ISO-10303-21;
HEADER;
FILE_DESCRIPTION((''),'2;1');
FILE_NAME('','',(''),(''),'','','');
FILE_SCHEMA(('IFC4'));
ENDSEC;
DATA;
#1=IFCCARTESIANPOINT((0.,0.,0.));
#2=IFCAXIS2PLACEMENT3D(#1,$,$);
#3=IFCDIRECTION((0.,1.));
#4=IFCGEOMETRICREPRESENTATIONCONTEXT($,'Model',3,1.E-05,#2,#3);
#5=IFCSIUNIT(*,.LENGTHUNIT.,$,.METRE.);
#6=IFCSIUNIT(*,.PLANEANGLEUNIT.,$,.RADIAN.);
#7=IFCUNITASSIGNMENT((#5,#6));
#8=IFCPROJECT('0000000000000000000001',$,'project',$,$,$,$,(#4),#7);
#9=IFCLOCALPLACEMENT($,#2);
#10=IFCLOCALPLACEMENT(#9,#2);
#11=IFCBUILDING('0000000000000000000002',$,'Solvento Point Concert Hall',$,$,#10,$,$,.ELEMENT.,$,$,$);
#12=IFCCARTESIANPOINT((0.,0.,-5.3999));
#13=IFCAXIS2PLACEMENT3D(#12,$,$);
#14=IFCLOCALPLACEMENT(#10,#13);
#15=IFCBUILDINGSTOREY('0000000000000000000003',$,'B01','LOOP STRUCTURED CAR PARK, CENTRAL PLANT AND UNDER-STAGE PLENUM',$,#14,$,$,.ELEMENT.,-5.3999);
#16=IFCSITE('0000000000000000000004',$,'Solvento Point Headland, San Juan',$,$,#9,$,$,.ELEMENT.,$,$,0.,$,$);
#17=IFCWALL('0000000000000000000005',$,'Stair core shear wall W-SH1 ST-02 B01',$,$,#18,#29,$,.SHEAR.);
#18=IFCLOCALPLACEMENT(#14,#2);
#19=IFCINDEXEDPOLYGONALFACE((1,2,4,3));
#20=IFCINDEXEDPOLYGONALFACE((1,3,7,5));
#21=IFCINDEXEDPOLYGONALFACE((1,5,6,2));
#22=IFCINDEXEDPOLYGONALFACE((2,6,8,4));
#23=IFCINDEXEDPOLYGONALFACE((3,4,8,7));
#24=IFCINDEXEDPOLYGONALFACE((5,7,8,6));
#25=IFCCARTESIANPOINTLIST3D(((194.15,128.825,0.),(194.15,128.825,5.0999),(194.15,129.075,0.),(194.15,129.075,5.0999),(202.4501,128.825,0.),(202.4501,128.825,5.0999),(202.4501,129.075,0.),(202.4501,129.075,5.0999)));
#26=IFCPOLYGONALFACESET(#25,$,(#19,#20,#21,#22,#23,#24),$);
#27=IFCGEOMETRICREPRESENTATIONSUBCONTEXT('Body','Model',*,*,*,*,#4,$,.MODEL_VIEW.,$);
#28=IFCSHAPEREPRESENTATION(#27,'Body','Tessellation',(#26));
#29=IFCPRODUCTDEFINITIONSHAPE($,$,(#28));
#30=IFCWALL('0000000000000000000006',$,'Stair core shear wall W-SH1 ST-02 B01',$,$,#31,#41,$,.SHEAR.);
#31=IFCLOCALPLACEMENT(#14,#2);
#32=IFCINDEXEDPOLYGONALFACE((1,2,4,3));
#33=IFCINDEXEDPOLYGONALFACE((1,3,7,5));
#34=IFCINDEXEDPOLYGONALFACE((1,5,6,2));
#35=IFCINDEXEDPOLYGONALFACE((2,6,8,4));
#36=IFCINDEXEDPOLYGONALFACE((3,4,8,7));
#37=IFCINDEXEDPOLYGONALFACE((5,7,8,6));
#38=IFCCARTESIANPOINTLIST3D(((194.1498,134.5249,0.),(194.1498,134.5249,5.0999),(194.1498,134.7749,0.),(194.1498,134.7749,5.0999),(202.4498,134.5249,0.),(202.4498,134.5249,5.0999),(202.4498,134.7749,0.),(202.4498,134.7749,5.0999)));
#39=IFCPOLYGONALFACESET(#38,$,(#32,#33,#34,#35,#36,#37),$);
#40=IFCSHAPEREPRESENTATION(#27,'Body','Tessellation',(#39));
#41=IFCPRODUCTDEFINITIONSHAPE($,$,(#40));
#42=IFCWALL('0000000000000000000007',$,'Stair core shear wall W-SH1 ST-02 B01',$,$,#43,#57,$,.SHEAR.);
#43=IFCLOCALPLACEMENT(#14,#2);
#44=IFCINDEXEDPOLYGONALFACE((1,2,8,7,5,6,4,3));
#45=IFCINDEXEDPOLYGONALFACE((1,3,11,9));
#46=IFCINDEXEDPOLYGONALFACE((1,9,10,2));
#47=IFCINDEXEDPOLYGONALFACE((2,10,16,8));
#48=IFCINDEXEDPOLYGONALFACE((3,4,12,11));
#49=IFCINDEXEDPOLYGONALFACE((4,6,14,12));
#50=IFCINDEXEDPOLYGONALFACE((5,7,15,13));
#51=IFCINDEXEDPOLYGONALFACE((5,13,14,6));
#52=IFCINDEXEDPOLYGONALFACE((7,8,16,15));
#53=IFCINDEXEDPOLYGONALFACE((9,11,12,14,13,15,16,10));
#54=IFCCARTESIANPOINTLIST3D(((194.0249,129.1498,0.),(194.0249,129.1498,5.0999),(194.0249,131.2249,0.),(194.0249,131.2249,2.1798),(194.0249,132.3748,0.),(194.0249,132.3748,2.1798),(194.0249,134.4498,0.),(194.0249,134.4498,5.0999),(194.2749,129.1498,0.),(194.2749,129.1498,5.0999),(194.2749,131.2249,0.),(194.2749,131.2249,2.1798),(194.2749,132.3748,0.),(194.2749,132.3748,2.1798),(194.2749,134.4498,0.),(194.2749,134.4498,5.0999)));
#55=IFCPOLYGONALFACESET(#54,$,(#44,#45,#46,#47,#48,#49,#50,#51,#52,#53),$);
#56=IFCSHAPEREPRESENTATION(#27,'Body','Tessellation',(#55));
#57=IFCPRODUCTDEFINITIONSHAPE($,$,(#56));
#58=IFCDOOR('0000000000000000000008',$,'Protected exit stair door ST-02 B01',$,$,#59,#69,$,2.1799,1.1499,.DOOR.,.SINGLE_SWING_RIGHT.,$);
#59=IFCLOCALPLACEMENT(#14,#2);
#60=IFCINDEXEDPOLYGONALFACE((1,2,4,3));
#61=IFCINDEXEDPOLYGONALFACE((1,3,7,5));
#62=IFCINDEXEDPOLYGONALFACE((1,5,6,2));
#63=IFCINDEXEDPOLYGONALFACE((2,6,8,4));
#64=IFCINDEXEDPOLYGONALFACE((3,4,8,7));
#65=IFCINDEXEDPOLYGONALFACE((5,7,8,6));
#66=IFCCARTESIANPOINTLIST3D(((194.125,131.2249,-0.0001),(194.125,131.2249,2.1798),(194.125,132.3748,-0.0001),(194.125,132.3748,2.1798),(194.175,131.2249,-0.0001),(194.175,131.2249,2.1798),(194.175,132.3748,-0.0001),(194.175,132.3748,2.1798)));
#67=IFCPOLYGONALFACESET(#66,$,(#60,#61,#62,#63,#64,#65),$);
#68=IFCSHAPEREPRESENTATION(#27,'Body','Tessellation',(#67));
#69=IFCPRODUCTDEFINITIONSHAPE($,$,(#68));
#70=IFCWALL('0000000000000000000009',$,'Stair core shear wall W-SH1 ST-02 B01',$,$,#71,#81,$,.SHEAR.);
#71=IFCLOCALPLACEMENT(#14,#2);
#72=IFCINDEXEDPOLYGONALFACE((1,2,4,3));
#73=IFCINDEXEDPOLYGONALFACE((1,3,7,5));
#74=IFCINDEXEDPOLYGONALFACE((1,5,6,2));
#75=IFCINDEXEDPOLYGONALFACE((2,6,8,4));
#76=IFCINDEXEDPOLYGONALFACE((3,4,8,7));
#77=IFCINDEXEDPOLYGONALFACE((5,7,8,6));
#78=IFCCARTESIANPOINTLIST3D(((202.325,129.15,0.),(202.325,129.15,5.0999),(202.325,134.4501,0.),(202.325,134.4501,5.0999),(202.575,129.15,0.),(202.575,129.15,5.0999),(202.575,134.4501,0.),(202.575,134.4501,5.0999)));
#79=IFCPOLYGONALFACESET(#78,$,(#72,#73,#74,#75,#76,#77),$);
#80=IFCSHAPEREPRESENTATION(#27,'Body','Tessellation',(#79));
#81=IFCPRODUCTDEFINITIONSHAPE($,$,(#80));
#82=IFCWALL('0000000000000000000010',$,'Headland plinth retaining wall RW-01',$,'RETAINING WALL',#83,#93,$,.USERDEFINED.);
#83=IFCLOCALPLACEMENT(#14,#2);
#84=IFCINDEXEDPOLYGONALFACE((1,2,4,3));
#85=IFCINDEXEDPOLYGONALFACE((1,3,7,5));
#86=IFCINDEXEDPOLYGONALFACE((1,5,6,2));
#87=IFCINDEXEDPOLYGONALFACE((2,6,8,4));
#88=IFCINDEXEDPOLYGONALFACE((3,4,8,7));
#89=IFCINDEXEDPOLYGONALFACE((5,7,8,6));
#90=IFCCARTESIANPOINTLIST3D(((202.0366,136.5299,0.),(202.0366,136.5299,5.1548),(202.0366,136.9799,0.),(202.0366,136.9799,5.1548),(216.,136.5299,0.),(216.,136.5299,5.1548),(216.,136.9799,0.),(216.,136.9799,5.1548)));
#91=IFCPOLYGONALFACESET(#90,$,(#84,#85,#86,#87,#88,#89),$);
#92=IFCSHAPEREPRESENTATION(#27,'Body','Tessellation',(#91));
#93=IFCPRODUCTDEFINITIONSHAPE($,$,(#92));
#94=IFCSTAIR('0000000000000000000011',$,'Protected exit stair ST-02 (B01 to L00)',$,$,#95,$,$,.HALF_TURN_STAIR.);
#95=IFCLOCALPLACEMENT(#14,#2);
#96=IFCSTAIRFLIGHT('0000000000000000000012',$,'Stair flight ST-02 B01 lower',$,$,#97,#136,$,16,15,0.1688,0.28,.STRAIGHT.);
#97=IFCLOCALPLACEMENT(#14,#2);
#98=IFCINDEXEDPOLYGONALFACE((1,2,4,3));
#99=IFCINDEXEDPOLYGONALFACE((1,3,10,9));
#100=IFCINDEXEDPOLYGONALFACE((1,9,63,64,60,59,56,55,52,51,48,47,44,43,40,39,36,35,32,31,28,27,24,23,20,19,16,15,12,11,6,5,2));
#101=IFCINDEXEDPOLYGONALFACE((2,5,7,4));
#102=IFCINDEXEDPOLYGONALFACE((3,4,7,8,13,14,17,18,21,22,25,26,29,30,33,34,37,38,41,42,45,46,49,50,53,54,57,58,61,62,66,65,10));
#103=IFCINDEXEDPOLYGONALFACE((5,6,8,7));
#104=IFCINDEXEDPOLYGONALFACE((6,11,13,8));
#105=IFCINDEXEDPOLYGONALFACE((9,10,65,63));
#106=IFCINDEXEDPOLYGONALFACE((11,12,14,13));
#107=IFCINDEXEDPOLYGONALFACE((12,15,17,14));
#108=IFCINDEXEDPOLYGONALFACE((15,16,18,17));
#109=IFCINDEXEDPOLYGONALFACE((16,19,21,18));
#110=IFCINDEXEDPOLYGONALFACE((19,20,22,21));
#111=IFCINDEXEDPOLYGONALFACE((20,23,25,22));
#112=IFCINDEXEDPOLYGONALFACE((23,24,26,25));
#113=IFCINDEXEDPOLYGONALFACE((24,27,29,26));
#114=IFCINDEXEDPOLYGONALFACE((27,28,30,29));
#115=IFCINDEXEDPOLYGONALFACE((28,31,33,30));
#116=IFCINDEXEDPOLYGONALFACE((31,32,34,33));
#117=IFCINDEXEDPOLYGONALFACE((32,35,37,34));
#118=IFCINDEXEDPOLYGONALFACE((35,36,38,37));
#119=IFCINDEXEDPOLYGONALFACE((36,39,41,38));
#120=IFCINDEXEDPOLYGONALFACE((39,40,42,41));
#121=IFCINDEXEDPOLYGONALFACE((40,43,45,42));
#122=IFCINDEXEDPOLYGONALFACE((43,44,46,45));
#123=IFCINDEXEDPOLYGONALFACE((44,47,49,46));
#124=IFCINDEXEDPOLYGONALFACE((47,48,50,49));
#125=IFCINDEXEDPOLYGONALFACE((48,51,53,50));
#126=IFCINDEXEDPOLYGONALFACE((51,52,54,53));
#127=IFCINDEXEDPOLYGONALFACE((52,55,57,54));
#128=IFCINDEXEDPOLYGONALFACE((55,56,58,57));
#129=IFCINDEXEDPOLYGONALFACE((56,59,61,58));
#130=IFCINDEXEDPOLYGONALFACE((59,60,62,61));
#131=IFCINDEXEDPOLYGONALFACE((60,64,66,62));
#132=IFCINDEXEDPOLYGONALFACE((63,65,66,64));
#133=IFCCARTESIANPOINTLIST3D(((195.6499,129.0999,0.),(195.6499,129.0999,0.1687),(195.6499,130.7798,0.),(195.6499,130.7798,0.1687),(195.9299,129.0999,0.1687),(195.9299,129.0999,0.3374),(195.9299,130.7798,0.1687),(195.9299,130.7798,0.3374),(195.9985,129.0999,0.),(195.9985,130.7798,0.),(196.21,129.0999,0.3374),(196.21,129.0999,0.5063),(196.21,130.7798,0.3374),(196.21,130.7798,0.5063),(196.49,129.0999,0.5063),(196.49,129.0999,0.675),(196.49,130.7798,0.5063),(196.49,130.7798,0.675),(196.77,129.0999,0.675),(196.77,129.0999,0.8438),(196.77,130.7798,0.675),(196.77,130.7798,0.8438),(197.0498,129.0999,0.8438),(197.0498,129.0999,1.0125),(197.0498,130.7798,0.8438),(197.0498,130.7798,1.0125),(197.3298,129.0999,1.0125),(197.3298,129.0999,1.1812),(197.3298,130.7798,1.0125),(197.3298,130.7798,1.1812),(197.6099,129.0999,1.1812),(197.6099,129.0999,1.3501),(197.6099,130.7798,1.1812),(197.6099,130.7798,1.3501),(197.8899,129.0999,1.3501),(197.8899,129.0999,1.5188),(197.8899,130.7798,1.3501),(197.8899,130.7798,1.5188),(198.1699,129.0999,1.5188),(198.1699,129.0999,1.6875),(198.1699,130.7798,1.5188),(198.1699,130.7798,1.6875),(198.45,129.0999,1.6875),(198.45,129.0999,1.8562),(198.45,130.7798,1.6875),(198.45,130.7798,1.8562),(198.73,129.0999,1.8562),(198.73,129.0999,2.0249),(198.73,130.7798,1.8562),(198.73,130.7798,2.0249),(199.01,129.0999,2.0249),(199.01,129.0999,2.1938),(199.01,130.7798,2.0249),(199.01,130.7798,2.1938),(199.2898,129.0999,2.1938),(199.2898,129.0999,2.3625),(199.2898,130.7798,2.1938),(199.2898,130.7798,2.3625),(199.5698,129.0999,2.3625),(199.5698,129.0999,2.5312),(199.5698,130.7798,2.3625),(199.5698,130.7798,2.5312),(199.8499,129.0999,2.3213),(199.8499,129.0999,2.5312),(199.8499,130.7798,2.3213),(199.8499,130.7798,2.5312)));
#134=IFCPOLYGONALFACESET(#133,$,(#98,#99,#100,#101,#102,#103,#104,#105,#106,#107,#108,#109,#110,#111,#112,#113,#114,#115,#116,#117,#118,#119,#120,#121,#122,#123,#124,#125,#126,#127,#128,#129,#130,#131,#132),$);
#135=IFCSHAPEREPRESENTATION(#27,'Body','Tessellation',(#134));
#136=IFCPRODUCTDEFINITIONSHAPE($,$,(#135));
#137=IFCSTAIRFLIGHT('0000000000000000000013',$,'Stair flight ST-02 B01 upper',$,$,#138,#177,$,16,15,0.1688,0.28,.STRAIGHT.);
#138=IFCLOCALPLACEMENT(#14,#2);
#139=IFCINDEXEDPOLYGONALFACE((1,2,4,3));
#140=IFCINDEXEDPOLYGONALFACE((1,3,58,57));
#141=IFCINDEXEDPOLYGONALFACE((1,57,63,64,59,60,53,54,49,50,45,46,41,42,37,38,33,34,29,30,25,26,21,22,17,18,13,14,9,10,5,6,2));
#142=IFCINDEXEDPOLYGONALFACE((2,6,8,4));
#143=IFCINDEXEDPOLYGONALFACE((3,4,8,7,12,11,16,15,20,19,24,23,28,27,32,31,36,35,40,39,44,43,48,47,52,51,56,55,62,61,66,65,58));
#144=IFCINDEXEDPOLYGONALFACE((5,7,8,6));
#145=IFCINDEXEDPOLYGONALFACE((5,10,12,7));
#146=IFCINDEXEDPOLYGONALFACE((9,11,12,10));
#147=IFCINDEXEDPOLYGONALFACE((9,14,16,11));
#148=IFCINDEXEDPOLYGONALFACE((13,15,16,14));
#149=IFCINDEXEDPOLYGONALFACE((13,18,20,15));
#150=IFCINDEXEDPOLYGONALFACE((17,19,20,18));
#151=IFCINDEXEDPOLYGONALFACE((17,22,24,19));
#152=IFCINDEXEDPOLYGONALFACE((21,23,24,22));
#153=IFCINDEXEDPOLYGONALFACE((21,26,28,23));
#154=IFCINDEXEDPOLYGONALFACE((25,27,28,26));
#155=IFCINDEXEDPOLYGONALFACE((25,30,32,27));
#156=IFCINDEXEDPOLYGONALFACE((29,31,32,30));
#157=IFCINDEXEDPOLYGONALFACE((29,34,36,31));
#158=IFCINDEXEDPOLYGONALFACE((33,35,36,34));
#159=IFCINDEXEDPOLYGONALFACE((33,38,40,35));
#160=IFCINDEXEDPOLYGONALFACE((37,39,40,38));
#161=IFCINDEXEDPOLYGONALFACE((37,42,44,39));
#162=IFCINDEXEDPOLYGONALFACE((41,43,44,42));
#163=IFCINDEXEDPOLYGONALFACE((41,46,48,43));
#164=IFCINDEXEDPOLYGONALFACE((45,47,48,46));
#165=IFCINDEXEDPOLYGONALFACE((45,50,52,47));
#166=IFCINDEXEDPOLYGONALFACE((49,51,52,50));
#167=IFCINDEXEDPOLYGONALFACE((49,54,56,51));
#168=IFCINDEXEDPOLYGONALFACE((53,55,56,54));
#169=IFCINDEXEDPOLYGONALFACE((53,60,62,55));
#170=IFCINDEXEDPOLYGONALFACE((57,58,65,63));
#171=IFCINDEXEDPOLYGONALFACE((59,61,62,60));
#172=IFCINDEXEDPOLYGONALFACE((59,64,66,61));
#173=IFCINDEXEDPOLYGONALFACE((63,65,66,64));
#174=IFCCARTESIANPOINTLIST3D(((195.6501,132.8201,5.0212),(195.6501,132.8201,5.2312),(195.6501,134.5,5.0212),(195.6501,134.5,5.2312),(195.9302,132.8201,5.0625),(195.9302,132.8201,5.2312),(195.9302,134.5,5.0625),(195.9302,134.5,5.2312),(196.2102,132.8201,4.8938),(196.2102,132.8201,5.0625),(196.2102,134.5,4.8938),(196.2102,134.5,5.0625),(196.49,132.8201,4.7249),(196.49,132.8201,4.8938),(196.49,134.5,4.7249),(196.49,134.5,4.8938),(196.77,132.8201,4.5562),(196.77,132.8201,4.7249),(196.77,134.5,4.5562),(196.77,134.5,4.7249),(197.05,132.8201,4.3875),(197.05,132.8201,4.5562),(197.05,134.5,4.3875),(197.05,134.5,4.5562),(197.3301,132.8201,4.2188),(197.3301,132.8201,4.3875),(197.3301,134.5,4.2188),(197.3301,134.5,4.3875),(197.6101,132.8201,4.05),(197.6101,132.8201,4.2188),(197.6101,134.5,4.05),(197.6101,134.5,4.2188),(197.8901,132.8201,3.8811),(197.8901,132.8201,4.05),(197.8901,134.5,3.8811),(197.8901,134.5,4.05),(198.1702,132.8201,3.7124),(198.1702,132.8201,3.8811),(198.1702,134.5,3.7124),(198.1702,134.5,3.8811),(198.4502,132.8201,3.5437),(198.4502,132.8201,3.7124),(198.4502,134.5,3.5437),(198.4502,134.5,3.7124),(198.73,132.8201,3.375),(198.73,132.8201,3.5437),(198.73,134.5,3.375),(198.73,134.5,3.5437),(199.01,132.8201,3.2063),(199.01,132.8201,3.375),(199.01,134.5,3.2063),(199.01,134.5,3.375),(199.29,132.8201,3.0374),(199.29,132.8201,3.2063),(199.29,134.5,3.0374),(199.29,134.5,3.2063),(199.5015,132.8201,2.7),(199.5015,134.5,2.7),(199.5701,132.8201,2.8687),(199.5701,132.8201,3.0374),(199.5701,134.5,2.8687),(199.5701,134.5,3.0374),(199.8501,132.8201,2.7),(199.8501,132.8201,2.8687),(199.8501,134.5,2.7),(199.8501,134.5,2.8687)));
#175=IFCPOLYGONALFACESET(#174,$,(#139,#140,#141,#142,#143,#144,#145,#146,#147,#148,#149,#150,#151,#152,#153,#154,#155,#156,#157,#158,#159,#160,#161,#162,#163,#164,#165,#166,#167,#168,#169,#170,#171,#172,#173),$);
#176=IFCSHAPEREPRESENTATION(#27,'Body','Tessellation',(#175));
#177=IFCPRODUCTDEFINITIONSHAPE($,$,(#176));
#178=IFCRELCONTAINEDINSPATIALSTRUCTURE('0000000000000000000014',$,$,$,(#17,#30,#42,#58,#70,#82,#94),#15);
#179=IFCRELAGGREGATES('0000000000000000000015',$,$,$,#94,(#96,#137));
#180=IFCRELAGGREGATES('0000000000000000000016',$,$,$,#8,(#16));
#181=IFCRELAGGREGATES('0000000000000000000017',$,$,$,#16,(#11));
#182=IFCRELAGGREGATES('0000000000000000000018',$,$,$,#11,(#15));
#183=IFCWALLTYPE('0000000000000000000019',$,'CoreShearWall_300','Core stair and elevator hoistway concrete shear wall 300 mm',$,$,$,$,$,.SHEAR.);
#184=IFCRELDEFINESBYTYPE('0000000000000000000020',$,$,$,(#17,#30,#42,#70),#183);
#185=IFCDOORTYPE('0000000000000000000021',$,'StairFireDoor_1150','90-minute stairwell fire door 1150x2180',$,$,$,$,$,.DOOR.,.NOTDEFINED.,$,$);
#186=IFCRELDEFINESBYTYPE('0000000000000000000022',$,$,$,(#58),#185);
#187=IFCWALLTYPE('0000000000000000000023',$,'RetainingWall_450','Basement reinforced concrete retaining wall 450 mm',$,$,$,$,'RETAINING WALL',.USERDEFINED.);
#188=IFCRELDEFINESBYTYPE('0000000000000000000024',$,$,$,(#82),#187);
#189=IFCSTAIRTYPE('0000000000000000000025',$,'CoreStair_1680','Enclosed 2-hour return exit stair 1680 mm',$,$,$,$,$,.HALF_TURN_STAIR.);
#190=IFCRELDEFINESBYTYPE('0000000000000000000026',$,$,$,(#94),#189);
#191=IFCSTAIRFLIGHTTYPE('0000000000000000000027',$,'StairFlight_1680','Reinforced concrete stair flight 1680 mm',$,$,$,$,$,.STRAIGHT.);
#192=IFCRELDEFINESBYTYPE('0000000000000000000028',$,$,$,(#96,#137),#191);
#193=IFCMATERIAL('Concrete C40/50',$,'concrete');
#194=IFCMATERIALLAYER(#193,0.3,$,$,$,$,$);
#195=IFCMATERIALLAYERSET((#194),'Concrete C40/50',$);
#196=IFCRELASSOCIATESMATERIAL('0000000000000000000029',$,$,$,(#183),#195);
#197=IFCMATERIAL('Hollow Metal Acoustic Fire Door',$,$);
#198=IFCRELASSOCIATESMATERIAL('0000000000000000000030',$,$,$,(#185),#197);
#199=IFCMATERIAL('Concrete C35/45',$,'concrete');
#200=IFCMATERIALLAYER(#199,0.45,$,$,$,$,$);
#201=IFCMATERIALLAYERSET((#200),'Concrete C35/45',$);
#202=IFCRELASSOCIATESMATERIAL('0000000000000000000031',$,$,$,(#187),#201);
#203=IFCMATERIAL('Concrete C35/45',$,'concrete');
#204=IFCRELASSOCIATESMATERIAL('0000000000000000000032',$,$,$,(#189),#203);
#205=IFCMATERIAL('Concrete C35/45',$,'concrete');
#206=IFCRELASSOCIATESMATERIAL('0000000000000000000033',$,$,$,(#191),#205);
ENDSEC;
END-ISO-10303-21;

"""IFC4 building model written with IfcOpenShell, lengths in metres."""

from ifc_helpers import new_model, si_unit, direction, frame, frame_2d, origin, place, context, subcontext, project, spatial, polyline, rectangle, outline, extrude, material, layer, layer_set, type_object, element, fill, aggregate, save


model = new_model("IFC4")

# Units and contexts
model_context = context("Model", 3, precision=1e-05, world=origin(), true_north=direction((0.0, 1.0)))
body_context = subcontext(model_context, "Body", "Model", "MODEL_VIEW")
ifc_project = project(units=[si_unit("LENGTHUNIT", "METRE"), si_unit("PLANEANGLEUNIT", "RADIAN")], contexts=[model_context])

# Site, building, storey
site_placement = place(None, origin())
site = spatial("IfcSite", under=ifc_project, at=site_placement, Name="Solvento Point Headland, San Juan", CompositionType="ELEMENT", RefElevation=0.0)
building_placement = place(site_placement, origin())
building = spatial("IfcBuilding", under=site, at=building_placement, Name="Solvento Point Concert Hall", CompositionType="ELEMENT")
storey_placement = place(building_placement, frame((0.0, 0.0, -5.3999)))
storey = spatial("IfcBuildingStorey", under=building, at=storey_placement, Name="B01", Description="LOOP STRUCTURED CAR PARK, CENTRAL PLANT AND UNDER-STAGE PLENUM", CompositionType="ELEMENT", Elevation=-5.3999)

# Walls
ifc_material_1 = material(Name="Concrete C40/50", Category="concrete")
ifc_layer_1 = layer(ifc_material_1, 0.3)
ifc_layer_set_1 = layer_set([ifc_layer_1], Name="Concrete C40/50")
wall_type_1 = type_object("IfcWallType", Name="CoreShearWall_300", Description="Core stair and elevator hoistway concrete shear wall 300 mm", PredefinedType="SHEAR", material=ifc_layer_set_1)
for number, where, z_axis, x_axis, name in (
    (1, (202.45, 128.95, 0.0), (0.0, 0.0, 1.0), (-1.0, 0.0, 0.0), "Stair core shear wall W-SH1 ST-02 B01"),
    (2, (194.1499, 134.6499, 0.0), (0.0, 0.0, 1.0), (1.0, 0.0, 0.0), "Stair core shear wall W-SH1 ST-02 B01"),
):
    element("IfcWall", number, at=place(storey_placement, frame(where, z_axis=z_axis, x_axis=x_axis)), inside=storey, type_object=wall_type_1, Name=name, PredefinedType="SHEAR", context=body_context, shape_type="SweptSolid", body=[
        extrude(rectangle(XDim=8.3, YDim=0.25, at=frame_2d((4.1499, 0.0))), origin(), (0.0, 0.0, 1.0), 5.0999),
    ])

# Wall, opening, door
wall_1_placement = place(storey_placement, frame((194.1499, 129.1499, 0.0), z_axis=(0.0, 0.0, 1.0), x_axis=(0.0, 1.0, 0.0)))
wall_1 = element("IfcWall", 3, at=wall_1_placement, inside=storey, type_object=wall_type_1, Name="Stair core shear wall W-SH1 ST-02 B01", PredefinedType="SHEAR", context=body_context, shape_type="SweptSolid", body=[
    extrude(rectangle(XDim=5.3, YDim=0.25, at=frame_2d((2.6499, 0.0))), origin(), (0.0, 0.0, 1.0), 5.0999),
])
opening_placement = place(wall_1_placement, frame((2.075, 0.0, 0.0)))
opening = element("IfcOpeningElement", 4, at=opening_placement, cuts=wall_1, PredefinedType="OPENING", context=body_context, shape_type="SweptSolid", body=[
    extrude(rectangle(XDim=1.1499, YDim=2.1799, at=frame_2d((0.575, 1.0898))), frame((0.0, 0.135, 0.0), z_axis=(0.0, -1.0, 0.0), x_axis=(1.0, 0.0, 0.0)), (0.0, 0.0, 1.0), 0.27),
])
ifc_material_2 = material(Name="Hollow Metal Acoustic Fire Door")
door_type = type_object("IfcDoorType", Name="StairFireDoor_1150", Description="90-minute stairwell fire door 1150x2180", OperationType="NOTDEFINED", PredefinedType="DOOR", material=ifc_material_2)
door_placement = place(opening_placement, origin())
door = element("IfcDoor", 5, at=door_placement, inside=storey, type_object=door_type, Name="Protected exit stair door ST-02 B01", OperationType="SINGLE_SWING_RIGHT", OverallHeight=2.1799, OverallWidth=1.1499, PredefinedType="DOOR", context=body_context, shape_type="SweptSolid", body=[
    extrude(rectangle(XDim=1.1499, YDim=2.1799, at=frame_2d((0.575, 1.0898))), frame((0.0, 0.0249, 0.0), z_axis=(0.0, -1.0, 0.0), x_axis=(1.0, 0.0, 0.0)), (0.0, 0.0, 1.0), 0.05),
])
fill(opening, door)

# Walls
wall_2_placement = place(storey_placement, frame((202.45, 134.45, 0.0), z_axis=(0.0, 0.0, 1.0), x_axis=(0.0, -1.0, 0.0)))
element("IfcWall", 6, at=wall_2_placement, inside=storey, type_object=wall_type_1, Name="Stair core shear wall W-SH1 ST-02 B01", PredefinedType="SHEAR", context=body_context, shape_type="SweptSolid", body=[
    extrude(rectangle(XDim=5.3, YDim=0.25, at=frame_2d((2.6499, 0.0))), origin(), (0.0, 0.0, 1.0), 5.0999),
])
ifc_material_3 = material(Name="Concrete C35/45", Category="concrete")
ifc_layer_2 = layer(ifc_material_3, 0.45)
ifc_layer_set_2 = layer_set([ifc_layer_2], Name="Concrete C35/45")
wall_type_2 = type_object("IfcWallType", Name="RetainingWall_450", Description="Basement reinforced concrete retaining wall 450 mm", ElementType="RETAINING WALL", PredefinedType="USERDEFINED", material=ifc_layer_set_2)
wall_3_placement = place(storey_placement, frame((202.0366, 136.7549, 0.0), z_axis=(0.0, 0.0, 1.0), x_axis=(1.0, 0.0, 0.0)))
element("IfcWall", 7, at=wall_3_placement, inside=storey, type_object=wall_type_2, Name="Headland plinth retaining wall RW-01", ObjectType="RETAINING WALL", PredefinedType="USERDEFINED", context=body_context, shape_type="SweptSolid", body=[
    extrude(rectangle(XDim=13.9634, YDim=0.45, at=frame_2d((6.9817, 0.0))), origin(), (0.0, 0.0, 1.0), 5.1548),
])

# Stair, stair flights
ifc_material_4 = material(Name="Concrete C35/45", Category="concrete")
stair_type = type_object("IfcStairType", Name="CoreStair_1680", Description="Enclosed 2-hour return exit stair 1680 mm", PredefinedType="HALF_TURN_STAIR", material=ifc_material_4)
stair_placement = place(storey_placement, origin())
stair = element("IfcStair", 8, at=stair_placement, inside=storey, type_object=stair_type, Name="Protected exit stair ST-02 (B01 to L00)", PredefinedType="HALF_TURN_STAIR")
ifc_material_5 = material(Name="Concrete C35/45", Category="concrete")
stair_flight_type = type_object("IfcStairFlightType", Name="StairFlight_1680", Description="Reinforced concrete stair flight 1680 mm", PredefinedType="STRAIGHT", material=ifc_material_5)
stair_flight_1_placement = place(storey_placement, frame((195.6499, 129.9399, 0.0), z_axis=(0.0, 0.0, 1.0), x_axis=(1.0, 0.0, 0.0)))
stair_flight_1 = element("IfcStairFlight", 9, at=stair_flight_1_placement, type_object=stair_flight_type, Name="Stair flight ST-02 B01 lower", NumberOfRisers=16, NumberOfTreads=15, PredefinedType="STRAIGHT", RiserHeight=0.1688, TreadLength=0.28, context=body_context, shape_type="SweptSolid", body=[
    extrude(outline(polyline([(0.0, 0.0), (0.0, 0.1687), (0.28, 0.1687), (0.28, 0.3374), (0.5601, 0.3374), (0.5601, 0.5063), (0.8401, 0.5063), (0.8401, 0.675), (1.1201, 0.675), (1.1201, 0.8438), (1.3999, 0.8438), (1.3999, 1.0125), (1.6799, 1.0125), (1.6799, 1.1812), (1.96, 1.1812), (1.96, 1.3501), (2.24, 1.3501), (2.24, 1.5188), (2.52, 1.5188), (2.52, 1.6875), (2.8, 1.6875), (2.8, 1.8562), (3.0801, 1.8562), (3.0801, 2.0249), (3.3601, 2.0249), (3.3601, 2.1938), (3.6399, 2.1938), (3.6399, 2.3625), (3.9199, 2.3625), (3.9199, 2.5312), (4.2, 2.5312), (4.2, 2.7), (4.2, 2.3213), (0.3486, 0.0), (0.0, 0.0)])), frame((0.0, 0.8398, 0.0), z_axis=(0.0, -1.0, 0.0), x_axis=(1.0, 0.0, 0.0)), (0.0, 0.0, 1.0), 1.6799),
])
stair_flight_2_placement = place(storey_placement, frame((199.8501, 133.6599, 2.7), z_axis=(0.0, 0.0, 1.0), x_axis=(-1.0, 0.0, 0.0)))
stair_flight_2 = element("IfcStairFlight", 10, at=stair_flight_2_placement, type_object=stair_flight_type, Name="Stair flight ST-02 B01 upper", NumberOfRisers=16, NumberOfTreads=15, PredefinedType="STRAIGHT", RiserHeight=0.1688, TreadLength=0.28, context=body_context, shape_type="SweptSolid", body=[
    extrude(outline(polyline([(0.0, 0.0), (0.0, 0.1687), (0.28, 0.1687), (0.28, 0.3374), (0.5601, 0.3374), (0.5601, 0.5063), (0.8401, 0.5063), (0.8401, 0.675), (1.1201, 0.675), (1.1201, 0.8438), (1.3999, 0.8438), (1.3999, 1.0125), (1.6799, 1.0125), (1.6799, 1.1812), (1.96, 1.1812), (1.96, 1.3501), (2.24, 1.3501), (2.24, 1.5188), (2.52, 1.5188), (2.52, 1.6875), (2.8, 1.6875), (2.8, 1.8562), (3.0801, 1.8562), (3.0801, 2.0249), (3.3601, 2.0249), (3.3601, 2.1938), (3.6399, 2.1938), (3.6399, 2.3625), (3.9199, 2.3625), (3.9199, 2.5312), (4.2, 2.5312), (4.2, 2.7), (4.2, 2.3213), (0.3486, 0.0), (0.0, 0.0)])), frame((0.0, 0.8398, 0.0), z_axis=(0.0, -1.0, 0.0), x_axis=(1.0, 0.0, 0.0)), (0.0, 0.0, 1.0), 1.6799),
])
aggregate(stair, [stair_flight_1, stair_flight_2])

save(model, "model.ifc")
